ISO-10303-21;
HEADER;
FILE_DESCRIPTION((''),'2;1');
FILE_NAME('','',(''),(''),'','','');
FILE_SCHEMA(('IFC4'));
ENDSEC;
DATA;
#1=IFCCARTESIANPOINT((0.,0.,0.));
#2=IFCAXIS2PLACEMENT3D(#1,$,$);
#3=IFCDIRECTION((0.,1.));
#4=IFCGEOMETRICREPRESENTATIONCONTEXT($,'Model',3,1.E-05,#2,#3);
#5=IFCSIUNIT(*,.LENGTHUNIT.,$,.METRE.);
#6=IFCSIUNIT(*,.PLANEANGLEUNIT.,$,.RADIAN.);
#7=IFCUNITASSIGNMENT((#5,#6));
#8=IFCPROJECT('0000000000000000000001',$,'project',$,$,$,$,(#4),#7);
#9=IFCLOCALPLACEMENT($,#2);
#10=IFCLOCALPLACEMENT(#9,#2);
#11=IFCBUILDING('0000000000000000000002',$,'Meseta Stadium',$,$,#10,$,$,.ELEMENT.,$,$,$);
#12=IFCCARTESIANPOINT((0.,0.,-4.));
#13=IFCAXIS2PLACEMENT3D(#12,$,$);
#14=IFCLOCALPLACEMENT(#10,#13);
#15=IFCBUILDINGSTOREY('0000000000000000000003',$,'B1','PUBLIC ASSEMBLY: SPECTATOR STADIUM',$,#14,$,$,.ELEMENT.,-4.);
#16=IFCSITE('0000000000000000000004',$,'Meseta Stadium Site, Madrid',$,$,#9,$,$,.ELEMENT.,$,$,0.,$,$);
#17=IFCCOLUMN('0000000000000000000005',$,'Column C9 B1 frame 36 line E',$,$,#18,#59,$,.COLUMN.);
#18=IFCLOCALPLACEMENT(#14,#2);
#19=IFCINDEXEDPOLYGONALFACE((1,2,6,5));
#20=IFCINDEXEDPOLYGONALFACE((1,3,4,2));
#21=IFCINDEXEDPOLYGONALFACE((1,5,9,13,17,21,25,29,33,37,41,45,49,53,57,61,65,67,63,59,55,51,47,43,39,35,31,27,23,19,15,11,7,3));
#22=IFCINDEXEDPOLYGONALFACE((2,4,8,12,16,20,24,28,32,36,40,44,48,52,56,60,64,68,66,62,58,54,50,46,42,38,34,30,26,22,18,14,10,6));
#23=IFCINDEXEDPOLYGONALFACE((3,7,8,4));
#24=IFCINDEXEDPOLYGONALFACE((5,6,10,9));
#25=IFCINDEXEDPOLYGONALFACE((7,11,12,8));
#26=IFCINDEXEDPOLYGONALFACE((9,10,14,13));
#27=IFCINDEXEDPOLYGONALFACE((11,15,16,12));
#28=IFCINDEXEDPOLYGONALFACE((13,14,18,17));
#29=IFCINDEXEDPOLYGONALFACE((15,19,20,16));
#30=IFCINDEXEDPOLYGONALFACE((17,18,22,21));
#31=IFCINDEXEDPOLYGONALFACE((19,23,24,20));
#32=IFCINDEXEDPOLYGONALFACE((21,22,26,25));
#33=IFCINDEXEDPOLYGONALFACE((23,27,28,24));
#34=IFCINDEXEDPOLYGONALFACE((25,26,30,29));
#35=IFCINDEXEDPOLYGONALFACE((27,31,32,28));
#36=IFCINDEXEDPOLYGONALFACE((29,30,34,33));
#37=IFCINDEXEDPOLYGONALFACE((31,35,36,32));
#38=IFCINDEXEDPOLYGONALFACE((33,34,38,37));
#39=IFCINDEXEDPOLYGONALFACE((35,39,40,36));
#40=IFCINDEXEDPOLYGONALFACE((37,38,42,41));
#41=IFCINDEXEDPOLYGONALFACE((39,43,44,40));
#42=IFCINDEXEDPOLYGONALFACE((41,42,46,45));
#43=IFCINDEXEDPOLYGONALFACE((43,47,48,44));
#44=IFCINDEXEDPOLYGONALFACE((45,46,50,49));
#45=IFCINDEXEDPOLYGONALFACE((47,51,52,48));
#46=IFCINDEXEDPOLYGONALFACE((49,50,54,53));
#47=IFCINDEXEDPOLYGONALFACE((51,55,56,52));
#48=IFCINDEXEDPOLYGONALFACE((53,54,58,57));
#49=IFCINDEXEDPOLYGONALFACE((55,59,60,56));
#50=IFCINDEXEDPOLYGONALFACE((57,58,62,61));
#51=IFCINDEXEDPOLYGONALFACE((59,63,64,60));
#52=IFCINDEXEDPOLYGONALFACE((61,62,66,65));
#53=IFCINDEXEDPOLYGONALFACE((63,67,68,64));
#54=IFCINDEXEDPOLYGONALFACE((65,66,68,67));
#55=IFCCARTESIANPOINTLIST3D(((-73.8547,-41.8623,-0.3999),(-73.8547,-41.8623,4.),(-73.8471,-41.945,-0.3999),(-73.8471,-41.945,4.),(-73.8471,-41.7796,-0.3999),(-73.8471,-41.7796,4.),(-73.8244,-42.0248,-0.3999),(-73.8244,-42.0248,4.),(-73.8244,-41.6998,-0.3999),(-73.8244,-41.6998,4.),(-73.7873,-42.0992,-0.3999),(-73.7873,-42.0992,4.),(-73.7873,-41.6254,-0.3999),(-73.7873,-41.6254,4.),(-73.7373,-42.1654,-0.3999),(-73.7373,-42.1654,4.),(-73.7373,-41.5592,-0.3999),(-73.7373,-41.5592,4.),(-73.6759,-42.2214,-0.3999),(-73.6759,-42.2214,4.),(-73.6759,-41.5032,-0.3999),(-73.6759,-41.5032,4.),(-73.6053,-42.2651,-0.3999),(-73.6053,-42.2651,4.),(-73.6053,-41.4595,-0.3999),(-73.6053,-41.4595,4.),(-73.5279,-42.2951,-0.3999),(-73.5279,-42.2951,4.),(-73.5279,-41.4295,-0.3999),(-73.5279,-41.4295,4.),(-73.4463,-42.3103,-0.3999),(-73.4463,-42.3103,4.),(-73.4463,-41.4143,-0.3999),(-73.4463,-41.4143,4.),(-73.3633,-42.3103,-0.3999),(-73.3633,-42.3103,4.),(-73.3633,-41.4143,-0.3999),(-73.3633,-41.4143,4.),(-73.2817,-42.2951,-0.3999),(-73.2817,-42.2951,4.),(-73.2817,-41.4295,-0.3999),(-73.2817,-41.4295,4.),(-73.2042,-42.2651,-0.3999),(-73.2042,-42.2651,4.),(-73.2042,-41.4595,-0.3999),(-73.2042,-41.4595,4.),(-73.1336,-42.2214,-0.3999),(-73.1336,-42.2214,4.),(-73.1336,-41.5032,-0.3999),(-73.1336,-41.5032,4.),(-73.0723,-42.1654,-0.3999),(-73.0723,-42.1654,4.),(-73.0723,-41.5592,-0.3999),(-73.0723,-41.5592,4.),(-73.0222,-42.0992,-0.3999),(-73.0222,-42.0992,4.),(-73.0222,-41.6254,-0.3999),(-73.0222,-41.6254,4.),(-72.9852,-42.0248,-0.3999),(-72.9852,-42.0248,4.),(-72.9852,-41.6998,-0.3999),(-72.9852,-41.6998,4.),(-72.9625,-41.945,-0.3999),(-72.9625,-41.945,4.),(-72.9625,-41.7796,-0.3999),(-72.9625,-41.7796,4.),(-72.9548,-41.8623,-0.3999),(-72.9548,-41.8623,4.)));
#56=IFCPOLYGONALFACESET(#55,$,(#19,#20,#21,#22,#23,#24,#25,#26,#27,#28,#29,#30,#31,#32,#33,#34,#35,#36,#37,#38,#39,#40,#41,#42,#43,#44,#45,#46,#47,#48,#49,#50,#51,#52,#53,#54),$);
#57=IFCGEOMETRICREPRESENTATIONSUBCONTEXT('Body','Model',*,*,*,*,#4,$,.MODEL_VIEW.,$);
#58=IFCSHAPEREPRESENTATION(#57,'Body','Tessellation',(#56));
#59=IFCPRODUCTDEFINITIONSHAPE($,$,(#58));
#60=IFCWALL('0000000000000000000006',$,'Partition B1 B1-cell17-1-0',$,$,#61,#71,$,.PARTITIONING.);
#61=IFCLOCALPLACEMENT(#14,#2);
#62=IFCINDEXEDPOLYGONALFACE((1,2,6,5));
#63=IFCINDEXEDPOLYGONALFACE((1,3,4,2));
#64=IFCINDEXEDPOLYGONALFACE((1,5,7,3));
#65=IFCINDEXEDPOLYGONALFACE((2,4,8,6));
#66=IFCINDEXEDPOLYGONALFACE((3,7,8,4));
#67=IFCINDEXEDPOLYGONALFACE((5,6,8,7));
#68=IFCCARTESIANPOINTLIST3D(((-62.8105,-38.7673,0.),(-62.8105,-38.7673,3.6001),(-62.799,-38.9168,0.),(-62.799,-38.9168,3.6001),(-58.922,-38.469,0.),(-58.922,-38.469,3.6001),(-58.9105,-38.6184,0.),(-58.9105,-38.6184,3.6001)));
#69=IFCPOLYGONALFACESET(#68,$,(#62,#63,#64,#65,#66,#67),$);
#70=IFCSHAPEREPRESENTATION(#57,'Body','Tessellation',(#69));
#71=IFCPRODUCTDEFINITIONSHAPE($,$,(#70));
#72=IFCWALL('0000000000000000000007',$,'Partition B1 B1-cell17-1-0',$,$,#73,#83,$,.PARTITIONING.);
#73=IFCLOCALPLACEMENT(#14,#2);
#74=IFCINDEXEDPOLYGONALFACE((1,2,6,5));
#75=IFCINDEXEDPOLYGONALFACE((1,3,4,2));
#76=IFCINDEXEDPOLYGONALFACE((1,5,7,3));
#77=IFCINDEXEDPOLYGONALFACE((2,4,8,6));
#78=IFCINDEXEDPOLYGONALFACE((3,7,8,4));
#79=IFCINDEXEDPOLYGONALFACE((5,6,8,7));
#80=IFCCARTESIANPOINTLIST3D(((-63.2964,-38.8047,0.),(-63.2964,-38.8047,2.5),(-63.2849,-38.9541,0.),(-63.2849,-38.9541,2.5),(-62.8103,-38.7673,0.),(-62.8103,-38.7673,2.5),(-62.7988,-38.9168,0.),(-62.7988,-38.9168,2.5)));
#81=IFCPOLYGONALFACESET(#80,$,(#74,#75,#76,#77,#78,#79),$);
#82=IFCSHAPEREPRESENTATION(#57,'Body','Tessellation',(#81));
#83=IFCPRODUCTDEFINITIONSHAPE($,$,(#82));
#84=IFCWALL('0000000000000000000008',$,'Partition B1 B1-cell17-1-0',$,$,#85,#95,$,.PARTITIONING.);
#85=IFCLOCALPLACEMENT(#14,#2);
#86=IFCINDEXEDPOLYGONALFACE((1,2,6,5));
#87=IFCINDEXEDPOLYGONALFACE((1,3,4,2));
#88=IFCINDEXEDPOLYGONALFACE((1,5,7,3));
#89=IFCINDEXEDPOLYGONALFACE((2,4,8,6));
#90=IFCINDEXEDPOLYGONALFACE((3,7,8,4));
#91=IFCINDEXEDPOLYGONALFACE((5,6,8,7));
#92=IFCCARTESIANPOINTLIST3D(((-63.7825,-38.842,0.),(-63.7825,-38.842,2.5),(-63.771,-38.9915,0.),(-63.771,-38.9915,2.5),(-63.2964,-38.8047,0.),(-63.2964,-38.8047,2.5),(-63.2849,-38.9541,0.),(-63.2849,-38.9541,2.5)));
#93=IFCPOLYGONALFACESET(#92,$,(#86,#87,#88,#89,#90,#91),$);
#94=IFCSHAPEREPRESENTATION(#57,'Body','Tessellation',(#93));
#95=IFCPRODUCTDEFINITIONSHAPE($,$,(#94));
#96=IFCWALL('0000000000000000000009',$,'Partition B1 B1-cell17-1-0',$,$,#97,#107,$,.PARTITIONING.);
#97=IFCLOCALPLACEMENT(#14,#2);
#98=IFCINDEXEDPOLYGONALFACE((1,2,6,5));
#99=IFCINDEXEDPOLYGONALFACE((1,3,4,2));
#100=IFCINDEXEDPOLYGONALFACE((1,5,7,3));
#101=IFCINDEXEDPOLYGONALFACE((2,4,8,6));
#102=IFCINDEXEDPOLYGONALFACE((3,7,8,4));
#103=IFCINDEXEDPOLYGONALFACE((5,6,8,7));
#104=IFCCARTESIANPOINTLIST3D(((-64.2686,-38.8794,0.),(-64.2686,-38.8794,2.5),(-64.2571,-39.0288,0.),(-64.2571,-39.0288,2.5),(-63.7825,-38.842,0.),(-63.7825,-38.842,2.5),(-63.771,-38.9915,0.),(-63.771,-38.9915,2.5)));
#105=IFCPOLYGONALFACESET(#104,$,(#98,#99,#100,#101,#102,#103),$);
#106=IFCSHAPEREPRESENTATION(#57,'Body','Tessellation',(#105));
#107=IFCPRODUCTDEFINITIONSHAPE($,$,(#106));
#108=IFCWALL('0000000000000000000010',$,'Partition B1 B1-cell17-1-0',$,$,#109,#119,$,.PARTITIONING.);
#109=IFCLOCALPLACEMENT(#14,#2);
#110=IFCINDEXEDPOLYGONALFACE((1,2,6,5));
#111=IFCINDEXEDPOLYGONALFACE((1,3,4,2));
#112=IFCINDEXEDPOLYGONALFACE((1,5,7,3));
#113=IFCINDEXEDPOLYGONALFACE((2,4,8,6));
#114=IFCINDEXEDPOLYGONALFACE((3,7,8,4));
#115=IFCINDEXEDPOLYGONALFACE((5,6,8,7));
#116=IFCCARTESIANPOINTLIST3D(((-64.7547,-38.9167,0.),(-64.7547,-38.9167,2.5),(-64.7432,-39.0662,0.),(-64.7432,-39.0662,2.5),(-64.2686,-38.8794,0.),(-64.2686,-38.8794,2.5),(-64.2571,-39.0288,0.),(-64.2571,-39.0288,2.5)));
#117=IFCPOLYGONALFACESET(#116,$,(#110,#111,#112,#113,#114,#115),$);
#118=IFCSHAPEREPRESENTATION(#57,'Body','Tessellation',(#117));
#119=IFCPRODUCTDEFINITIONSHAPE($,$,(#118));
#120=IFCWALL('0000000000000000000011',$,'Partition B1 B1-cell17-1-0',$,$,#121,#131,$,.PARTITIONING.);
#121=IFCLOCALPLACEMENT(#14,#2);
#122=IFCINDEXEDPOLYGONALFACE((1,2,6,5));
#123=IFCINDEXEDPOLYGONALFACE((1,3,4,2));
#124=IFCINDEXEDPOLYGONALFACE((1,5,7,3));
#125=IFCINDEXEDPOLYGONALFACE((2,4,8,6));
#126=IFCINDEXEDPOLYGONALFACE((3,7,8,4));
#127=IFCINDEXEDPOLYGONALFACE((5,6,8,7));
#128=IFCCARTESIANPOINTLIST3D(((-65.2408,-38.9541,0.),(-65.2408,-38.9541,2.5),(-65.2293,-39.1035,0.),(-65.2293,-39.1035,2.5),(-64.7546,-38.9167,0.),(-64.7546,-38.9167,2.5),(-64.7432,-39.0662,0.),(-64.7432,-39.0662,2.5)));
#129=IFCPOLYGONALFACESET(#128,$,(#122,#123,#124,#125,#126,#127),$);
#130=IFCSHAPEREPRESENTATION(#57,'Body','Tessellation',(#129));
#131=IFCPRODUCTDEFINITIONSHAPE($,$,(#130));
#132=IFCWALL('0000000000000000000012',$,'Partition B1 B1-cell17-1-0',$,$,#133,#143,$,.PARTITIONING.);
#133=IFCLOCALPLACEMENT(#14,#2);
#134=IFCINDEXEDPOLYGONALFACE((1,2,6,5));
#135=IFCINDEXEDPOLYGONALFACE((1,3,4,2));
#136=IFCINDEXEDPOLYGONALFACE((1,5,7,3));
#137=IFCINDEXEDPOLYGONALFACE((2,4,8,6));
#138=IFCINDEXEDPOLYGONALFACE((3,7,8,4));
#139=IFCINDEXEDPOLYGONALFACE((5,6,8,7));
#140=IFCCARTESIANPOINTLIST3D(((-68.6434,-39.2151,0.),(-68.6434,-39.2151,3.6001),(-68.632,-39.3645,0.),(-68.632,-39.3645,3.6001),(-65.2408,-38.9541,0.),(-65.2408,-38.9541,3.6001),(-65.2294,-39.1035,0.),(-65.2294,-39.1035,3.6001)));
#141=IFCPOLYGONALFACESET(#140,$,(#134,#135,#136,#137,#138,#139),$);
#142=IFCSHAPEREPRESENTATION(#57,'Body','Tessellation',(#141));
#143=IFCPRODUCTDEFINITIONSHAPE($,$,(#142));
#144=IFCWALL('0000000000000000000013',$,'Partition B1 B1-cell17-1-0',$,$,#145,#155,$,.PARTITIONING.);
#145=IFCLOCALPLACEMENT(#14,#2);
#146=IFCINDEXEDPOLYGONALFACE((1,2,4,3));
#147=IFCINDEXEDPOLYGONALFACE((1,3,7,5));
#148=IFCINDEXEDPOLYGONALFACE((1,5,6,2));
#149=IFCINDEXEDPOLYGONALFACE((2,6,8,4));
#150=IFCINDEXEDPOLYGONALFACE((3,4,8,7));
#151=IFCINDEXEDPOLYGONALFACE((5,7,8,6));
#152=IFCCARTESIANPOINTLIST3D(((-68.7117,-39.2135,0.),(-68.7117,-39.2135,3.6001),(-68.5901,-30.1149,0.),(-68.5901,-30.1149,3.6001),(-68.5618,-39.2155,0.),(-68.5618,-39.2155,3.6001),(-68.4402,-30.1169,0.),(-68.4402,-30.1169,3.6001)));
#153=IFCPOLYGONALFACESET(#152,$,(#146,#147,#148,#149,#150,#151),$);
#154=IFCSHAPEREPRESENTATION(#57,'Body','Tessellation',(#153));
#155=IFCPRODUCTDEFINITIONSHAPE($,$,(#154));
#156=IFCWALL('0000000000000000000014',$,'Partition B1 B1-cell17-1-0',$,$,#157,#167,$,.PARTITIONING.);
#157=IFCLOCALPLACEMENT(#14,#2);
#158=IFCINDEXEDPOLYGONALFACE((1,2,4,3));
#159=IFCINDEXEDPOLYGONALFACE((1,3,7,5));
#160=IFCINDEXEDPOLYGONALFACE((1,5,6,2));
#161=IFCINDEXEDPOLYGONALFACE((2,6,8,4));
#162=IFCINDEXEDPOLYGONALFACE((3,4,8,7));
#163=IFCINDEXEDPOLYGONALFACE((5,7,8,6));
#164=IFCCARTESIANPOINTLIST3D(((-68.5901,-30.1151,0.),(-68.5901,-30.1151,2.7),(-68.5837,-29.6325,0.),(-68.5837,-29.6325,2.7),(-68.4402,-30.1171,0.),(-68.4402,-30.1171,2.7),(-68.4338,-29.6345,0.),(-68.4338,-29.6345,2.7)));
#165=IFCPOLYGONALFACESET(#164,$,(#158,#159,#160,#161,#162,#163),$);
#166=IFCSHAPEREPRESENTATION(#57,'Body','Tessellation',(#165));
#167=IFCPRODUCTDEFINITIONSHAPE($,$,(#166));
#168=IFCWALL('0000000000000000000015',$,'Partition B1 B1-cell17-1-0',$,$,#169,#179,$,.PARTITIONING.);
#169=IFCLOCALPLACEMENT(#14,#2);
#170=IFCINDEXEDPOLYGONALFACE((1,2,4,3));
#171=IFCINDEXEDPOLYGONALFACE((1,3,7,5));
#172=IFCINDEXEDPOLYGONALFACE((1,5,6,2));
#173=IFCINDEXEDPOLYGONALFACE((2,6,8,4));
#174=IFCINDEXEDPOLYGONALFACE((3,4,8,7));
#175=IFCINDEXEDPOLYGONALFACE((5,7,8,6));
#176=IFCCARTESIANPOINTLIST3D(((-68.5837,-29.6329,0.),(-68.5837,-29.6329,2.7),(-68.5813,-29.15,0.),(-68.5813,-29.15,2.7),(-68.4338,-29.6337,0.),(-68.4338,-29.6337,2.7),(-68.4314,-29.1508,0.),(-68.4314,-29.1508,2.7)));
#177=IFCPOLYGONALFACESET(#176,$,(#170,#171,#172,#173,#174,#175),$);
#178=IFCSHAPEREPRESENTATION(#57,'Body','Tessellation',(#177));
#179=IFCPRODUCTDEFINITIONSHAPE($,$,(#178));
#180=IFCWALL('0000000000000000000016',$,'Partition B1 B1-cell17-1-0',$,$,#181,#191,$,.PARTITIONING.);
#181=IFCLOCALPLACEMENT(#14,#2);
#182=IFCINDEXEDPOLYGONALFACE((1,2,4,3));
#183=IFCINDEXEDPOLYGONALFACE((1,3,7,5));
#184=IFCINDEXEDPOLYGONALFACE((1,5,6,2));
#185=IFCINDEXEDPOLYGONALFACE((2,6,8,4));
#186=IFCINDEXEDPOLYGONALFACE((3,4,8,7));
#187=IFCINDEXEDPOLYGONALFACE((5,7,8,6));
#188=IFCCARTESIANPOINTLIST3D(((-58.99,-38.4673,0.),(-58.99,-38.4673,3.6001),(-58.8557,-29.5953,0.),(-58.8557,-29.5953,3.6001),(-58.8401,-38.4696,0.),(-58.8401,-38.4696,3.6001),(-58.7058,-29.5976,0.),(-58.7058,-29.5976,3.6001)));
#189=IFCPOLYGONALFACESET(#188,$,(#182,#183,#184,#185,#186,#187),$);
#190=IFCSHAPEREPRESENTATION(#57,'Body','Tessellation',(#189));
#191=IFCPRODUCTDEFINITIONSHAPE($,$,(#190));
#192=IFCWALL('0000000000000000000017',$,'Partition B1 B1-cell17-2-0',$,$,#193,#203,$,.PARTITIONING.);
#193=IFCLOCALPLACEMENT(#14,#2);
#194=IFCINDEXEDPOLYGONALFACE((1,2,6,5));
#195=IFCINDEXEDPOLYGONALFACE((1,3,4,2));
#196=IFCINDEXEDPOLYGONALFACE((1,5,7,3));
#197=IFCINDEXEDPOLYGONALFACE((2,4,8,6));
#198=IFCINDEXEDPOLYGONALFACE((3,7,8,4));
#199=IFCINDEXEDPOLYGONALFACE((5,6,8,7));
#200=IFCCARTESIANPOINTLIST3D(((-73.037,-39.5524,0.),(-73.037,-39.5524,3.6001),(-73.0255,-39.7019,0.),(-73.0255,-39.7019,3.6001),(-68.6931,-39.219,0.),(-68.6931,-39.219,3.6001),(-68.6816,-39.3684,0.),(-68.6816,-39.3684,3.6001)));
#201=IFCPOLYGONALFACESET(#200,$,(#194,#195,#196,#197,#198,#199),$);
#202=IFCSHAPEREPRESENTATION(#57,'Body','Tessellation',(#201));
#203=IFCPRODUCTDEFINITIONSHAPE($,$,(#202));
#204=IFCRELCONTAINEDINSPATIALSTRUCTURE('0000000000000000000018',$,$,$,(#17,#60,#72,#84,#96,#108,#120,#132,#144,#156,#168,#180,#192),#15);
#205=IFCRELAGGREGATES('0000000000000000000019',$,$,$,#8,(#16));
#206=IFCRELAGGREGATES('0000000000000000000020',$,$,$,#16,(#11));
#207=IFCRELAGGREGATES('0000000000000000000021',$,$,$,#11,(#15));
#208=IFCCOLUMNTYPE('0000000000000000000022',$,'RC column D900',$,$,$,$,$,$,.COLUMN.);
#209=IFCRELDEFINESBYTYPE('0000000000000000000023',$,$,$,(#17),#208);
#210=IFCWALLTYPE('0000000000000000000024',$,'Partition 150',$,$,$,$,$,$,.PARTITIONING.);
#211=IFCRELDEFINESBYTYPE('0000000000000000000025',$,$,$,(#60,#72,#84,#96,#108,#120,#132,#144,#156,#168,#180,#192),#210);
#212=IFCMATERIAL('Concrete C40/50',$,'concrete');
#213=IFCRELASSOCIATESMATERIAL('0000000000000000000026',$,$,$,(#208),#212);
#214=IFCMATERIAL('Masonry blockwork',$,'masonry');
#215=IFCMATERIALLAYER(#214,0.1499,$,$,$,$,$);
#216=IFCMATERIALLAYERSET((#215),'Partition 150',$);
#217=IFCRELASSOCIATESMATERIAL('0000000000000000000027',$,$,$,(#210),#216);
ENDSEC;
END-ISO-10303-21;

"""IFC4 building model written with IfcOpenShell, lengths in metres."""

from ifc_helpers import new_model, si_unit, direction, frame, frame_2d, origin, origin_2d, place, context, subcontext, project, spatial, rectangle, circle, extrude, material, layer, layer_set, material_profile, profile_set, type_object, element, save


model = new_model("IFC4")

# Units and contexts
model_context = context("Model", 3, precision=1e-05, world=origin(), true_north=direction((0.0, 1.0)))
body_context = subcontext(model_context, "Body", "Model", "MODEL_VIEW")
ifc_project = project(units=[si_unit("LENGTHUNIT", "METRE"), si_unit("PLANEANGLEUNIT", "RADIAN")], contexts=[model_context])

# Site, building, storey
site_placement = place(None, origin())
site = spatial("IfcSite", under=ifc_project, at=site_placement, Name="Meseta Stadium Site, Madrid", CompositionType="ELEMENT", RefElevation=0.0)
building_placement = place(site_placement, origin())
building = spatial("IfcBuilding", under=site, at=building_placement, Name="Meseta Stadium", CompositionType="ELEMENT")
storey_placement = place(building_placement, frame((0.0, 0.0, -4.0)))
storey = spatial("IfcBuildingStorey", under=building, at=storey_placement, Name="B1", Description="PUBLIC ASSEMBLY: SPECTATOR STADIUM", CompositionType="ELEMENT", Elevation=-4.0)

# Column
ifc_material_1 = material(Name="Concrete C40/50", Category="concrete")
ifc_material_profile_1 = material_profile(ifc_material_1, circle(Radius=0.45, at=origin_2d()), Name="RC D900")
ifc_profile_set_1 = profile_set([ifc_material_profile_1], Name="Concrete C40/50")
column_type_1 = type_object("IfcColumnType", Name="RC column D900", PredefinedType="COLUMN", material=ifc_profile_set_1)
for number, where, z_axis, x_axis, name in (
    (1, (-73.4048, -41.8623, -0.3999), (0.0, 0.0, 1.0), (1.0, 0.0, 0.0), "Column C9 B1 frame 36 line E"),
):
    element("IfcColumn", number, at=place(storey_placement, frame(where, z_axis=z_axis, x_axis=x_axis)), inside=storey, type_object=column_type_1, Name=name, PredefinedType="COLUMN", context=body_context, shape_type="SweptSolid", body=[
        extrude(circle(Radius=0.45, at=origin_2d()), origin(), (0.0, 0.0, 1.0), 4.3999),
    ])

# Walls
ifc_material_2 = material(Name="Masonry blockwork", Category="masonry")
ifc_layer = layer(ifc_material_2, 0.1499)
ifc_layer_set = layer_set([ifc_layer], Name="Partition 150")
wall_type = type_object("IfcWallType", Name="Partition 150", PredefinedType="PARTITIONING", material=ifc_layer_set)
wall_1_placement = place(storey_placement, frame((-58.9163, -38.5437, 0.0), z_axis=(0.0, 0.0, 1.0), x_axis=(-0.99707, -0.0765, 0.0)))
element("IfcWall", 2, at=wall_1_placement, inside=storey, type_object=wall_type, Name="Partition B1 B1-cell17-1-0", PredefinedType="PARTITIONING", context=body_context, shape_type="SweptSolid", body=[
    extrude(rectangle(XDim=3.8999, YDim=0.1499, at=frame_2d((1.95, 0.0))), origin(), (0.0, 0.0, 1.0), 3.6001),
])
for number, where, z_axis, x_axis, name in (
    (3, (-62.8047, -38.842, 0.0), (0.0, 0.0, 1.0), (-0.99706, -0.07662, 0.0), "Partition B1 B1-cell17-1-0"),
    (4, (-63.2908, -38.8794, 0.0), (0.0, 0.0, 1.0), (-0.99706, -0.07662, 0.0), "Partition B1 B1-cell17-1-0"),
    (5, (-63.7769, -38.9167, 0.0), (0.0, 0.0, 1.0), (-0.99706, -0.07662, 0.0), "Partition B1 B1-cell17-1-0"),
    (6, (-64.2629, -38.9541, 0.0), (0.0, 0.0, 1.0), (-0.99706, -0.07662, 0.0), "Partition B1 B1-cell17-1-0"),
    (7, (-64.749, -38.9915, 0.0), (0.0, 0.0, 1.0), (-0.99706, -0.07662, 0.0), "Partition B1 B1-cell17-1-0"),
):
    element("IfcWall", number, at=place(storey_placement, frame(where, z_axis=z_axis, x_axis=x_axis)), inside=storey, type_object=wall_type, Name=name, PredefinedType="PARTITIONING", context=body_context, shape_type="SweptSolid", body=[
        extrude(rectangle(XDim=0.4875, YDim=0.1499, at=frame_2d((0.2437, 0.0))), origin(), (0.0, 0.0, 1.0), 2.5),
    ])
wall_2_placement = place(storey_placement, frame((-65.2351, -39.0288, 0.0), z_axis=(0.0, 0.0, 1.0), x_axis=(-0.997071, -0.076478, 0.0)))
element("IfcWall", 8, at=wall_2_placement, inside=storey, type_object=wall_type, Name="Partition B1 B1-cell17-1-0", PredefinedType="PARTITIONING", context=body_context, shape_type="SweptSolid", body=[
    extrude(rectangle(XDim=3.4126, YDim=0.1499, at=frame_2d((1.7063, 0.0))), origin(), (0.0, 0.0, 1.0), 3.6001),
])
wall_3_placement = place(storey_placement, frame((-68.6367, -39.2146, 0.0), z_axis=(0.0, 0.0, 1.0), x_axis=(0.013361, 0.999911, 0.0)))
element("IfcWall", 9, at=wall_3_placement, inside=storey, type_object=wall_type, Name="Partition B1 B1-cell17-1-0", PredefinedType="PARTITIONING", context=body_context, shape_type="SweptSolid", body=[
    extrude(rectangle(XDim=9.0994, YDim=0.1499, at=frame_2d((4.5498, 0.0))), origin(), (0.0, 0.0, 1.0), 3.6001),
])
wall_4_placement = place(storey_placement, frame((-68.5151, -30.116, 0.0), z_axis=(0.0, 0.0, 1.0), x_axis=(0.01315, 0.999914, 0.0)))
element("IfcWall", 10, at=wall_4_placement, inside=storey, type_object=wall_type, Name="Partition B1 B1-cell17-1-0", PredefinedType="PARTITIONING", context=body_context, shape_type="SweptSolid", body=[
    extrude(rectangle(XDim=0.4827, YDim=0.1499, at=frame_2d((0.2412, 0.0))), origin(), (0.0, 0.0, 1.0), 2.7),
])
wall_5_placement = place(storey_placement, frame((-68.5088, -29.6333, 0.0), z_axis=(0.0, 0.0, 1.0), x_axis=(0.005056, 0.999987, 0.0)))
element("IfcWall", 11, at=wall_5_placement, inside=storey, type_object=wall_type, Name="Partition B1 B1-cell17-1-0", PredefinedType="PARTITIONING", context=body_context, shape_type="SweptSolid", body=[
    extrude(rectangle(XDim=0.4829, YDim=0.1499, at=frame_2d((0.2415, 0.0))), origin(), (0.0, 0.0, 1.0), 2.7),
])
wall_6_placement = place(storey_placement, frame((-58.7808, -29.5964, 0.0), z_axis=(0.0, 0.0, 1.0), x_axis=(-0.015133, -0.999885, 0.0)))
element("IfcWall", 12, at=wall_6_placement, inside=storey, type_object=wall_type, Name="Partition B1 B1-cell17-1-0", PredefinedType="PARTITIONING", context=body_context, shape_type="SweptSolid", body=[
    extrude(rectangle(XDim=8.873, YDim=0.1499, at=frame_2d((4.4365, 0.0))), origin(), (0.0, 0.0, 1.0), 3.6001),
])
wall_7_placement = place(storey_placement, frame((-68.6875, -39.2937, 0.0), z_axis=(0.0, 0.0, 1.0), x_axis=(-0.997066, -0.076547, 0.0)))
element("IfcWall", 13, at=wall_7_placement, inside=storey, type_object=wall_type, Name="Partition B1 B1-cell17-2-0", PredefinedType="PARTITIONING", context=body_context, shape_type="SweptSolid", body=[
    extrude(rectangle(XDim=4.3567, YDim=0.1499, at=frame_2d((2.1782, 0.0))), origin(), (0.0, 0.0, 1.0), 3.6001),
])

save(model, "model.ifc")
